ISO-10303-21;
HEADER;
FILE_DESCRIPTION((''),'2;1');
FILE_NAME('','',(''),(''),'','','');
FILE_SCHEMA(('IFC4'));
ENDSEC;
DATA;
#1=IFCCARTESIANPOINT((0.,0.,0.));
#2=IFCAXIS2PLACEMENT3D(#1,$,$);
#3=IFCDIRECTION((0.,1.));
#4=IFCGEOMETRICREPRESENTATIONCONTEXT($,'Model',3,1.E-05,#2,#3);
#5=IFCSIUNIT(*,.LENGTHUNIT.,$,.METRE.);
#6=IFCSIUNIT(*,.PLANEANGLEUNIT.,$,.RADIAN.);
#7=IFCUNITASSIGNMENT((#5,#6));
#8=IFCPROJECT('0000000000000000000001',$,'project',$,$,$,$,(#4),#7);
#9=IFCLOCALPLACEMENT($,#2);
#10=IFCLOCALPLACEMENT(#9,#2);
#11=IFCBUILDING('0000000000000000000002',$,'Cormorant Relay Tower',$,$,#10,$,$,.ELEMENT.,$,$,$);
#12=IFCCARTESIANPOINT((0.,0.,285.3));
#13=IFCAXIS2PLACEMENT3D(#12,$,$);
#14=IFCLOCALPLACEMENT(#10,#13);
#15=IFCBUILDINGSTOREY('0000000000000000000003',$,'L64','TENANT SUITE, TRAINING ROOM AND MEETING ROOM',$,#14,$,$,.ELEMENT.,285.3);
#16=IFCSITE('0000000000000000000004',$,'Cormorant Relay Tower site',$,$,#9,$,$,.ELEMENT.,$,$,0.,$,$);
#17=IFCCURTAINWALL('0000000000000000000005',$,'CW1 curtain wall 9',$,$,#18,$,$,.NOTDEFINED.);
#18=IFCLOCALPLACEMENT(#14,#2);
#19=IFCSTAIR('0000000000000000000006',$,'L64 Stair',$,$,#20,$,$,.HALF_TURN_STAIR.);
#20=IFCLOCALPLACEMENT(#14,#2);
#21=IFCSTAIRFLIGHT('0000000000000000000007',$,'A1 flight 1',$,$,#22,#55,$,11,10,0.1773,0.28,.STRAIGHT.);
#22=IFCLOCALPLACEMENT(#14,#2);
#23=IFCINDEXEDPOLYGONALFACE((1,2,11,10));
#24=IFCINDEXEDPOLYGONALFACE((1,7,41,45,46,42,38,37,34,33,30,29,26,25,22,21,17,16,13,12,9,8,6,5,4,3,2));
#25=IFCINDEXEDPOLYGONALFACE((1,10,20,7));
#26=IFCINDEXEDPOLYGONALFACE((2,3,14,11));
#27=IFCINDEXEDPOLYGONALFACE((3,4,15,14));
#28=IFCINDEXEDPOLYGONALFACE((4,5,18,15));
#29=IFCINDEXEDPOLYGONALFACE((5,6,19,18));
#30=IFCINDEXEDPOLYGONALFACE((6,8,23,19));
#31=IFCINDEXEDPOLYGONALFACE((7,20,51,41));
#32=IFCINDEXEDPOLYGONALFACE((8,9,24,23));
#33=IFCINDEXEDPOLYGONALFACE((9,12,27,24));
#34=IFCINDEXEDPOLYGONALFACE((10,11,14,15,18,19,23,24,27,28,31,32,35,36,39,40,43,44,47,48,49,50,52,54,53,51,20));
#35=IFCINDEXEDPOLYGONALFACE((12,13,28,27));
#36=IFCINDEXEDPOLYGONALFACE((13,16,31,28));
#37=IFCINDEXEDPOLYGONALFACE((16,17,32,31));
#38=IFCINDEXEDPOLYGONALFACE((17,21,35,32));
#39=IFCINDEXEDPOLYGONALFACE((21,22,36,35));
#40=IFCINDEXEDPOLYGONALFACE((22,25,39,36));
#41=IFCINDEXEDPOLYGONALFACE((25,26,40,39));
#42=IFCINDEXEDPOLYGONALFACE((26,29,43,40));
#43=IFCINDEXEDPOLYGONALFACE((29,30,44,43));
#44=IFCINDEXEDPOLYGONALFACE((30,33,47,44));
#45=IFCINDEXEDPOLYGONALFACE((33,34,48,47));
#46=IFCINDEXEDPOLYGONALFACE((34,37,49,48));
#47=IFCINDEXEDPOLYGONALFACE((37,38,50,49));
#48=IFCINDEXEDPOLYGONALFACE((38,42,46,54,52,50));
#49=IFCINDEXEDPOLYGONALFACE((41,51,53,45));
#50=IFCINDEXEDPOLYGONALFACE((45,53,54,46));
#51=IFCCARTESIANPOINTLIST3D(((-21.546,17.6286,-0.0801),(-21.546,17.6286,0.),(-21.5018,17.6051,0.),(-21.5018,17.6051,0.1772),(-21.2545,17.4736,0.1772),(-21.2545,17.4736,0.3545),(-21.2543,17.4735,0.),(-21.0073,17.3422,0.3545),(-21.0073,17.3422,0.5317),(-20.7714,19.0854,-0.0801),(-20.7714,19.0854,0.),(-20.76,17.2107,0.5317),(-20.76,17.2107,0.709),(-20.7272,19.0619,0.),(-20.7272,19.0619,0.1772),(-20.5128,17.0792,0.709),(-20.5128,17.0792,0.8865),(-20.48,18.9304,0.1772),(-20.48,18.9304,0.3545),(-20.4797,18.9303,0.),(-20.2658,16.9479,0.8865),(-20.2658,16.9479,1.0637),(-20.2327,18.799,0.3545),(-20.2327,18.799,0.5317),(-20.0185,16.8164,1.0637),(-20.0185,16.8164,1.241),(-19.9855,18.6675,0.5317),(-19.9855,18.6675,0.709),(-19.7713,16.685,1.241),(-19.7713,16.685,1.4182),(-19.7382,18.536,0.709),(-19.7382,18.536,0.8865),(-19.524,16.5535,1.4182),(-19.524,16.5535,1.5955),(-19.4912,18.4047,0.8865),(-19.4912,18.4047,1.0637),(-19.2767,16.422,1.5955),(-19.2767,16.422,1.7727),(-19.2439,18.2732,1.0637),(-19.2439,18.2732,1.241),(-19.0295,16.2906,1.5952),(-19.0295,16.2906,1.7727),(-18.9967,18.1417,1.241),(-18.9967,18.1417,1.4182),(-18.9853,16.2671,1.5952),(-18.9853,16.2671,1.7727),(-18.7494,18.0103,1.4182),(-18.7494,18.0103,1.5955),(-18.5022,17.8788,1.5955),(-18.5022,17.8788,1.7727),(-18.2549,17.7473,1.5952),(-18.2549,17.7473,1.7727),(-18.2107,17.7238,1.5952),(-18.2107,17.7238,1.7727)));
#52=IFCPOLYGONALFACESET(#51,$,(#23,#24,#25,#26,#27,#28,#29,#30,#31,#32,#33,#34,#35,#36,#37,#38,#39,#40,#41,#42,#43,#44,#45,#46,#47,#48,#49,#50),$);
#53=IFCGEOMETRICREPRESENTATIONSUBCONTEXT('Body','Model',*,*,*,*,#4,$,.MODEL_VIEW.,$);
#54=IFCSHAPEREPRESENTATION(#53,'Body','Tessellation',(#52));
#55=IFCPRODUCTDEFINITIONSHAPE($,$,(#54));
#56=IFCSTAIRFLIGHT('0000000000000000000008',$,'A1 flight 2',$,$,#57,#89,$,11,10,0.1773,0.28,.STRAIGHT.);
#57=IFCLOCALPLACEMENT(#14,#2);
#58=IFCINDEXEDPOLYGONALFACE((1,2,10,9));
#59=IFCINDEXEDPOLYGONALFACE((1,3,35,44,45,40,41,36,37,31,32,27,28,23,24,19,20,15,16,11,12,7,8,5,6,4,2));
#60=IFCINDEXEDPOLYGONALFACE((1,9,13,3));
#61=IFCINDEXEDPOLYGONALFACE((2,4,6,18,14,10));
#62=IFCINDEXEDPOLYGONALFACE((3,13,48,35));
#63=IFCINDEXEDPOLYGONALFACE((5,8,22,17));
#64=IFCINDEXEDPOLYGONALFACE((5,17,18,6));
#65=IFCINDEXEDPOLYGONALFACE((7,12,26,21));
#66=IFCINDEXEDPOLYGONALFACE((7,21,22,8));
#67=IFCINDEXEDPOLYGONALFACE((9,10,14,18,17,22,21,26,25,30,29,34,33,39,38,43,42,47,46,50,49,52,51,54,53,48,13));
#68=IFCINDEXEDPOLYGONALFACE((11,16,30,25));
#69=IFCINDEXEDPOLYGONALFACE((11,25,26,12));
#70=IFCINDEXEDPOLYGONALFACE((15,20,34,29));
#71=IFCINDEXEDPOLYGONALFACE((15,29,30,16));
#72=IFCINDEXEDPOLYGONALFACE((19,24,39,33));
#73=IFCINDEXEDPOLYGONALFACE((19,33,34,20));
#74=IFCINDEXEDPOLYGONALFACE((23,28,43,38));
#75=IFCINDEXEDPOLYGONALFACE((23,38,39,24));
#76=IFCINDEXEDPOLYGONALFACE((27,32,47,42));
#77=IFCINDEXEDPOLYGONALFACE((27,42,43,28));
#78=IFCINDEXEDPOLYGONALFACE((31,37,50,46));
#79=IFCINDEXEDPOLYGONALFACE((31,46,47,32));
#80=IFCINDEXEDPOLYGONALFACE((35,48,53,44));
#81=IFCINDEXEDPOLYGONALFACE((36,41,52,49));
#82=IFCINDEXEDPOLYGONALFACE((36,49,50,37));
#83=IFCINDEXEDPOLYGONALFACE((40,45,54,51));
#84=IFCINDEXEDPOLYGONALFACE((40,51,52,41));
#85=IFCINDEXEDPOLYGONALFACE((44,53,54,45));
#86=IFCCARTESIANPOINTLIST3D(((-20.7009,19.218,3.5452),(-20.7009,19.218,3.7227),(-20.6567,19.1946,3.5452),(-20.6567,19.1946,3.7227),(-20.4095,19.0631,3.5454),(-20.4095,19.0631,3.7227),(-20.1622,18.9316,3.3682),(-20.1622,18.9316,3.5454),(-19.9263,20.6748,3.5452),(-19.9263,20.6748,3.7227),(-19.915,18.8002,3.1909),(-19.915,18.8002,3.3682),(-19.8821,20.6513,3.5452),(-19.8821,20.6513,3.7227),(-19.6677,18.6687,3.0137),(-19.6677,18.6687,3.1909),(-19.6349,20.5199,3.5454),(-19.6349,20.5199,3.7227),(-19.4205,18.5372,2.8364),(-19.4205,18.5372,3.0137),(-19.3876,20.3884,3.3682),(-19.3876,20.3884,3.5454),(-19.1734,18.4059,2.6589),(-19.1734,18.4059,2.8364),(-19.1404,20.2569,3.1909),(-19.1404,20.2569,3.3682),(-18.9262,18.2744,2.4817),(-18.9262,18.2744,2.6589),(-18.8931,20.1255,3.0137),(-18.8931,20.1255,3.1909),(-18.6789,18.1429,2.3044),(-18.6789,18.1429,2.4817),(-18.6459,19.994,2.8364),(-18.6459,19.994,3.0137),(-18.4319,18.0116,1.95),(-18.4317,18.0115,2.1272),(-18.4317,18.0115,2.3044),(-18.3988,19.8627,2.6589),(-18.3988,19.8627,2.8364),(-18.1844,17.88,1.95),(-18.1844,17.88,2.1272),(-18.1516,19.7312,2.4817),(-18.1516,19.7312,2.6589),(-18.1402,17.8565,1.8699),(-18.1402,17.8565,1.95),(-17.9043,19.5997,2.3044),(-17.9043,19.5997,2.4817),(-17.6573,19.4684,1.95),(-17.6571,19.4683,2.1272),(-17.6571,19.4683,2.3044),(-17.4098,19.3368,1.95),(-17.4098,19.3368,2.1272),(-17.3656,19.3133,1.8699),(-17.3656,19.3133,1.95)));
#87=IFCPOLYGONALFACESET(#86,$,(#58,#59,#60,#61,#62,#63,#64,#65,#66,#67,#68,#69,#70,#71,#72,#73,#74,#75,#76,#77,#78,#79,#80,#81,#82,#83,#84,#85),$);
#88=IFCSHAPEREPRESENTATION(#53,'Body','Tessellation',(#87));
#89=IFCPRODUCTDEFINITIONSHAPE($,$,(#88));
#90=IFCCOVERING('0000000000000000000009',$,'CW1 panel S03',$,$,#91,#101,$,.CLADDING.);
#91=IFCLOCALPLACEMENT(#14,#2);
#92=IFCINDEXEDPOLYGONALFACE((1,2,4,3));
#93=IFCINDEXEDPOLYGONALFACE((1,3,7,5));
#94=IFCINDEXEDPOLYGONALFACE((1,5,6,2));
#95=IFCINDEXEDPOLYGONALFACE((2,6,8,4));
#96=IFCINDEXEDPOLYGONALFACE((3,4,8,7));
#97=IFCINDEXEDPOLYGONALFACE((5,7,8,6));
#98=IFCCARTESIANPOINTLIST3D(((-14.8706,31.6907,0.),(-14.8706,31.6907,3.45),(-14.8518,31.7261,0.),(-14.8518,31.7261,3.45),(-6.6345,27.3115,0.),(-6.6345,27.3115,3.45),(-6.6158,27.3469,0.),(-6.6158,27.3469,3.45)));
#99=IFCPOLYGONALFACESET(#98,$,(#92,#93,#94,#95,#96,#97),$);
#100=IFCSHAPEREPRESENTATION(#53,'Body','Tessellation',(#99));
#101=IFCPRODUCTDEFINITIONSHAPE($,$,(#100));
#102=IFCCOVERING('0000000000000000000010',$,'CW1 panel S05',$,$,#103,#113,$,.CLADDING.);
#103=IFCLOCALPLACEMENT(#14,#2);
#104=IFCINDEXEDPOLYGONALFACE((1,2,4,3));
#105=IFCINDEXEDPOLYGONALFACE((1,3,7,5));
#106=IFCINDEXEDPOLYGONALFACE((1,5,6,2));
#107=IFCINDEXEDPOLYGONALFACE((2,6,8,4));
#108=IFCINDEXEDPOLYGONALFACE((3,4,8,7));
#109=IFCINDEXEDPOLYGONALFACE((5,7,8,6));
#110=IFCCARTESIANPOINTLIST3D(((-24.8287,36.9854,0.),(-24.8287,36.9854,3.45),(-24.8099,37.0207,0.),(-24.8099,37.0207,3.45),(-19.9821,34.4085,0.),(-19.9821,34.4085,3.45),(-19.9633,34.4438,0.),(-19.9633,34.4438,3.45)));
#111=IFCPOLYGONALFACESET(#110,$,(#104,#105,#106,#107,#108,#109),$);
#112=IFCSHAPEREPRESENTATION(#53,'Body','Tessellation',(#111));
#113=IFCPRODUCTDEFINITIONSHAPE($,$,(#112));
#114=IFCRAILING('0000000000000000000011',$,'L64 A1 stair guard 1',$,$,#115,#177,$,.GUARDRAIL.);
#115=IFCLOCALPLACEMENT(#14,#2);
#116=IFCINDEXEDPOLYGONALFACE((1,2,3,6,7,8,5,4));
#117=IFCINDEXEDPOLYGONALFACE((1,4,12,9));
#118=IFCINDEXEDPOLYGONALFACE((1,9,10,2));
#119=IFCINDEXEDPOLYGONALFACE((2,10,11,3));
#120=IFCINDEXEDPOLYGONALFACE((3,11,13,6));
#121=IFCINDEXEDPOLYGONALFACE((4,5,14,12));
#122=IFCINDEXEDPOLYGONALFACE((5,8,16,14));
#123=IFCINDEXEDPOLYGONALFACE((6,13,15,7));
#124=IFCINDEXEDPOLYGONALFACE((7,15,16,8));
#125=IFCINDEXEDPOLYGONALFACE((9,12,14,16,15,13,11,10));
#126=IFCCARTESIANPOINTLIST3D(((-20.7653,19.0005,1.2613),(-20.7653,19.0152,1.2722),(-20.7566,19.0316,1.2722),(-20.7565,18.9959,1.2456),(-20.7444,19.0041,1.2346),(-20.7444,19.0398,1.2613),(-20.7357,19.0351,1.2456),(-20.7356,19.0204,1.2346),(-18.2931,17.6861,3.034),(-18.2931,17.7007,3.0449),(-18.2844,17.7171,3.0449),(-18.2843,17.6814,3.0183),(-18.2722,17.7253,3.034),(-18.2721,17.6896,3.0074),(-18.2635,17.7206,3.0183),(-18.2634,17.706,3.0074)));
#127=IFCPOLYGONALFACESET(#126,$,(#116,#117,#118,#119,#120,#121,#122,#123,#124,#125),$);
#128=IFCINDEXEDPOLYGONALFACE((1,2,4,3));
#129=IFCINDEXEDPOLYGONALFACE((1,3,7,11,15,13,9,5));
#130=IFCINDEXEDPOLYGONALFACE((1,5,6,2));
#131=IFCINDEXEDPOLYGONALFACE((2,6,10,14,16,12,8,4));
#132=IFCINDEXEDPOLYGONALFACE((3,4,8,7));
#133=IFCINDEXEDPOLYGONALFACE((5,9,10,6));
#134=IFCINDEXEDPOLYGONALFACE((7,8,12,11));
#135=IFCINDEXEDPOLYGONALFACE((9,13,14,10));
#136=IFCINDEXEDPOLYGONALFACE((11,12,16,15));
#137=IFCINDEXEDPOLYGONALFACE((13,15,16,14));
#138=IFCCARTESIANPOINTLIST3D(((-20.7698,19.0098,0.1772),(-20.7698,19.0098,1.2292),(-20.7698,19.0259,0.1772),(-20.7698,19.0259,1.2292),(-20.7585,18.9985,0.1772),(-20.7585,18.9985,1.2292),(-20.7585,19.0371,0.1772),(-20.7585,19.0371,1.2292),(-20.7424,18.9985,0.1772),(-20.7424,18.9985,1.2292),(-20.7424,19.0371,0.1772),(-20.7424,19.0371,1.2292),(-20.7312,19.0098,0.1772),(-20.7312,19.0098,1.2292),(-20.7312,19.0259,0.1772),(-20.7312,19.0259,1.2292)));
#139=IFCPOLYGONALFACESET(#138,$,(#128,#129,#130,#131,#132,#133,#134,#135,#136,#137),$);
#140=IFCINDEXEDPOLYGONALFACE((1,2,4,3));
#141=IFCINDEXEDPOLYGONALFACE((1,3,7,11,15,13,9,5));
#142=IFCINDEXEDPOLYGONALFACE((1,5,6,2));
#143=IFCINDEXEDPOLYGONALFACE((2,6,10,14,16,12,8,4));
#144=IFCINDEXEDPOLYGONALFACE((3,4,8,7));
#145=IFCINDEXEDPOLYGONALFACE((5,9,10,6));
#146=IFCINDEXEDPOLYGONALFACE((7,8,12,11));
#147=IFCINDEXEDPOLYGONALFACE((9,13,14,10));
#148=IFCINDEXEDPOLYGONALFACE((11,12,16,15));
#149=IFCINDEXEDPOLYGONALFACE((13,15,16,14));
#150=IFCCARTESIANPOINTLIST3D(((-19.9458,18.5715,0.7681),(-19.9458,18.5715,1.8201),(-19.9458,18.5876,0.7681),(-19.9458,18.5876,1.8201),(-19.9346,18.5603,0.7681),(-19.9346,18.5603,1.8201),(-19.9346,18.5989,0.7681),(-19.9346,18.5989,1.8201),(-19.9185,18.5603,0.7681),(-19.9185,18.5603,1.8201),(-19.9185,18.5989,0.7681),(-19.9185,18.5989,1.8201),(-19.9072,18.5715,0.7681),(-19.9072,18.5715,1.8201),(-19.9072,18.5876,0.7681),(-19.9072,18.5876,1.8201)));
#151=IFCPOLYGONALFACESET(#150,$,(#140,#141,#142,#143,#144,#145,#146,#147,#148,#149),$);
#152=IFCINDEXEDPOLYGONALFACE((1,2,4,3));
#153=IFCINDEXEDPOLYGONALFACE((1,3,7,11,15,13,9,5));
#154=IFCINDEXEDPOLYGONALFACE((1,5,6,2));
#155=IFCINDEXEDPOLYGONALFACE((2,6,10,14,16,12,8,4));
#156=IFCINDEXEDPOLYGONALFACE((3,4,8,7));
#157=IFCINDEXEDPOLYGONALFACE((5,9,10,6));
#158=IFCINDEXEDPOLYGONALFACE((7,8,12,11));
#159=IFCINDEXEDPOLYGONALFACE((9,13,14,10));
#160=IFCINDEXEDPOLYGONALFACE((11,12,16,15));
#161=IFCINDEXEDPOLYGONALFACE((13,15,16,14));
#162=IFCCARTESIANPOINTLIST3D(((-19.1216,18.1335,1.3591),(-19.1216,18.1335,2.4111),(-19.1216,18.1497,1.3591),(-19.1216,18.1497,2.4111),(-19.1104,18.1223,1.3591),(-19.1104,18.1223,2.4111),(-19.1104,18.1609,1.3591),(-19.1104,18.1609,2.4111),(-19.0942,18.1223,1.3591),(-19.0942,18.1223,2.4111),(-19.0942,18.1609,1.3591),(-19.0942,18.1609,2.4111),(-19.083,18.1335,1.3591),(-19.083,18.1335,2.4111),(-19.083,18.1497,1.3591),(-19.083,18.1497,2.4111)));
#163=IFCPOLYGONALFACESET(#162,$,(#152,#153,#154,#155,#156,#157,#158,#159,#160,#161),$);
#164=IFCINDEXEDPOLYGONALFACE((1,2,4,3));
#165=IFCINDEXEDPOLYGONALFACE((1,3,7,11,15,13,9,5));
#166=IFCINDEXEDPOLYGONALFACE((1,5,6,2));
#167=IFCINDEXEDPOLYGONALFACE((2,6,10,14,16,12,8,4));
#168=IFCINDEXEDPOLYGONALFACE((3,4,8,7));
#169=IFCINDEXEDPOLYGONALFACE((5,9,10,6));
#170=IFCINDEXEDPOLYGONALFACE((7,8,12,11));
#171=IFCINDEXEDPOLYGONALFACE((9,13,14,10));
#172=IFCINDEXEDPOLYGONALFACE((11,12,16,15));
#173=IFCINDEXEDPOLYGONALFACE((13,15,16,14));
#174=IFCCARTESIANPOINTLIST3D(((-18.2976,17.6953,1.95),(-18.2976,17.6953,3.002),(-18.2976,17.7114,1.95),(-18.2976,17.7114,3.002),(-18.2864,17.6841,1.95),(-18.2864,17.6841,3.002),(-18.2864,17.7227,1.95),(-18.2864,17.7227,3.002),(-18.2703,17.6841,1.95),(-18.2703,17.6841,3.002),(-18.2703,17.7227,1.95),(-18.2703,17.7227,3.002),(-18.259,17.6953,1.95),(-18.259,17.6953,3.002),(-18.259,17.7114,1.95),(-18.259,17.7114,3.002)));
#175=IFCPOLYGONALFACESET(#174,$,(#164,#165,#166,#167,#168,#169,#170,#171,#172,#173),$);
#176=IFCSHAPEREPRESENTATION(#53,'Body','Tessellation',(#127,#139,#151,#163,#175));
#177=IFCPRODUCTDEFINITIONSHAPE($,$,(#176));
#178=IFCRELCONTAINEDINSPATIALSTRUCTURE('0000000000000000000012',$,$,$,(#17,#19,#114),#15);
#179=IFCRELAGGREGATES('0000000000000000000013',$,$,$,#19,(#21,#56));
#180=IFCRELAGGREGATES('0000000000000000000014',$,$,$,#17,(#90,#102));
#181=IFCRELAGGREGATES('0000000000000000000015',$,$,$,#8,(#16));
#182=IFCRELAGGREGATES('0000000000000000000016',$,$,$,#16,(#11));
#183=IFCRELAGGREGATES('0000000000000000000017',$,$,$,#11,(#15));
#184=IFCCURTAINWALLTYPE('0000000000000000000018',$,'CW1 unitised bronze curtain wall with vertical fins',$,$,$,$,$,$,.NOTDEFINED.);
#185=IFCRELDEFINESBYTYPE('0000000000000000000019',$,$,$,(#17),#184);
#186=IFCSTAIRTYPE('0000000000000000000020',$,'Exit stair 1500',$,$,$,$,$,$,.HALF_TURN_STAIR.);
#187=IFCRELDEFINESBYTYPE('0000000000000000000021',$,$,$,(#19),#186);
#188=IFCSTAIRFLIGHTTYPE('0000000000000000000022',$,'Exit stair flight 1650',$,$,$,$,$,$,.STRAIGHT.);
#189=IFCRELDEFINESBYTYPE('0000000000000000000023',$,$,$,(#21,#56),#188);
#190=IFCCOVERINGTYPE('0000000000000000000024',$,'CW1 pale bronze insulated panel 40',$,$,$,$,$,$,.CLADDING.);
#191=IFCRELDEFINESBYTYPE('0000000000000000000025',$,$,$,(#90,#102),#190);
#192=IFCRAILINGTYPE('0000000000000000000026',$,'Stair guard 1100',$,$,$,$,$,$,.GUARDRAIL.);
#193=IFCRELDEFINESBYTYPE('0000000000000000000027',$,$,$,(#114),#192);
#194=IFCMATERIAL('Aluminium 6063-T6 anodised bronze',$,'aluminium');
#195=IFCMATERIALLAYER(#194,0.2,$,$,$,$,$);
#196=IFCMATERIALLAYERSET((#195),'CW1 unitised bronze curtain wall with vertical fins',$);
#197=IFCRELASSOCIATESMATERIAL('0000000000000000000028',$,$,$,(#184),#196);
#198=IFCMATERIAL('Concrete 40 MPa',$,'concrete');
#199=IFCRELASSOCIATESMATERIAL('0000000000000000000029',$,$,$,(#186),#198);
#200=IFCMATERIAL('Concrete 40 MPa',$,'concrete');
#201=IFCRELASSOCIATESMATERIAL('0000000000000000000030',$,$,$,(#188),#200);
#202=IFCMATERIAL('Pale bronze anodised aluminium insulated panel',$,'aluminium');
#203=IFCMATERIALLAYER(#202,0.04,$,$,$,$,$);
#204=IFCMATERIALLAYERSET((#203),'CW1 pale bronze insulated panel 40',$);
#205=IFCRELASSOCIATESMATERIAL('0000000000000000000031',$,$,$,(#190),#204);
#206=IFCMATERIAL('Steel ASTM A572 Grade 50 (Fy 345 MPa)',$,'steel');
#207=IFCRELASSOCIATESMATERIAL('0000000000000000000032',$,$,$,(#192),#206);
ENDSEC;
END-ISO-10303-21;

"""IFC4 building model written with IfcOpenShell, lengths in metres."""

from ifc_helpers import new_model, si_unit, direction, frame, origin, origin_2d, place, context, subcontext, project, spatial, polyline, rectangle, outline, extrude, material, layer, layer_set, type_object, element, aggregate, save


model = new_model("IFC4")

# Units and contexts
model_context = context("Model", 3, precision=1e-05, world=origin(), true_north=direction((0.0, 1.0)))
body_context = subcontext(model_context, "Body", "Model", "MODEL_VIEW")
ifc_project = project(units=[si_unit("LENGTHUNIT", "METRE"), si_unit("PLANEANGLEUNIT", "RADIAN")], contexts=[model_context])

# Site, building, storey
site_placement = place(None, origin())
site = spatial("IfcSite", under=ifc_project, at=site_placement, Name="Cormorant Relay Tower site", CompositionType="ELEMENT", RefElevation=0.0)
building_placement = place(site_placement, origin())
building = spatial("IfcBuilding", under=site, at=building_placement, Name="Cormorant Relay Tower", CompositionType="ELEMENT")
storey_placement = place(building_placement, frame((0.0, 0.0, 285.3)))
storey = spatial("IfcBuildingStorey", under=building, at=storey_placement, Name="L64", Description="TENANT SUITE, TRAINING ROOM AND MEETING ROOM", CompositionType="ELEMENT", Elevation=285.3)

# Curtain wall
ifc_material_1 = material(Name="Aluminium 6063-T6 anodised bronze", Category="aluminium")
ifc_layer_1 = layer(ifc_material_1, 0.2)
ifc_layer_set_1 = layer_set([ifc_layer_1], Name="CW1 unitised bronze curtain wall with vertical fins")
curtain_wall_type = type_object("IfcCurtainWallType", Name="CW1 unitised bronze curtain wall with vertical fins", PredefinedType="NOTDEFINED", material=ifc_layer_set_1)
curtain_wall_placement = place(storey_placement, origin())
curtain_wall = element("IfcCurtainWall", 1, at=curtain_wall_placement, inside=storey, type_object=curtain_wall_type, Name="CW1 curtain wall 9", PredefinedType="NOTDEFINED")

# Stair, stair flights
ifc_material_2 = material(Name="Concrete 40 MPa", Category="concrete")
stair_type = type_object("IfcStairType", Name="Exit stair 1500", PredefinedType="HALF_TURN_STAIR", material=ifc_material_2)
stair_placement = place(storey_placement, origin())
stair = element("IfcStair", 2, at=stair_placement, inside=storey, type_object=stair_type, Name="L64 Stair", PredefinedType="HALF_TURN_STAIR")
ifc_material_3 = material(Name="Concrete 40 MPa", Category="concrete")
stair_flight_type = type_object("IfcStairFlightType", Name="Exit stair flight 1650", PredefinedType="STRAIGHT", material=ifc_material_3)
stair_flight_1_placement = place(storey_placement, frame((-21.1145, 18.3335, 0.0), z_axis=(0.0, 0.0, 1.0), x_axis=(0.882948, -0.469472, 0.0)))
stair_flight_1 = element("IfcStairFlight", 3, at=stair_flight_1_placement, type_object=stair_flight_type, Name="A1 flight 1", NumberOfRisers=11, NumberOfTreads=10, PredefinedType="STRAIGHT", RiserHeight=0.1773, TreadLength=0.28, context=body_context, shape_type="SweptSolid", body=[
    extrude(outline(polyline([(-0.05, -0.0801), (-0.05, 0.0), (0.0, 0.0), (0.0, 0.1772), (0.28, 0.1772), (0.28, 0.3545), (0.5601, 0.3545), (0.5601, 0.5317), (0.8401, 0.5317), (0.8401, 0.709), (1.1201, 0.709), (1.1201, 0.8865), (1.3999, 0.8865), (1.3999, 1.0637), (1.6799, 1.0637), (1.6799, 1.241), (1.96, 1.241), (1.96, 1.4182), (2.24, 1.4182), (2.24, 1.5955), (2.52, 1.5955), (2.52, 1.7727), (2.8, 1.7727), (2.8501, 1.7727), (2.8501, 1.5952), (2.8, 1.5952), (0.2803, 0.0), (-0.05, -0.0801)])), frame((0.0, 0.825, 0.0), z_axis=(0.0, -1.0, 0.0), x_axis=(1.0, 0.0, 0.0)), (0.0, 0.0, 1.0), 1.6499),
])
stair_flight_2_placement = place(storey_placement, frame((-17.7971, 18.6084, 1.95), z_axis=(0.0, 0.0, 1.0), x_axis=(-0.882948, 0.469472, 0.0)))
stair_flight_2 = element("IfcStairFlight", 4, at=stair_flight_2_placement, type_object=stair_flight_type, Name="A1 flight 2", NumberOfRisers=11, NumberOfTreads=10, PredefinedType="STRAIGHT", RiserHeight=0.1773, TreadLength=0.28, context=body_context, shape_type="SweptSolid", body=[
    extrude(outline(polyline([(-0.05, -0.0801), (-0.05, 0.0), (0.0, 0.0), (0.0, 0.1772), (0.28, 0.1772), (0.28, 0.3545), (0.5601, 0.3545), (0.5601, 0.5317), (0.8401, 0.5317), (0.8401, 0.709), (1.1201, 0.709), (1.1201, 0.8865), (1.3999, 0.8865), (1.3999, 1.0637), (1.6799, 1.0637), (1.6799, 1.241), (1.96, 1.241), (1.96, 1.4182), (2.24, 1.4182), (2.24, 1.5955), (2.52, 1.5955), (2.52, 1.7727), (2.8, 1.7727), (2.8501, 1.7727), (2.8501, 1.5952), (2.8, 1.5952), (0.2803, 0.0), (-0.05, -0.0801)])), frame((0.0, 0.825, 0.0), z_axis=(0.0, -1.0, 0.0), x_axis=(1.0, 0.0, 0.0)), (0.0, 0.0, 1.0), 1.6499),
])
aggregate(stair, [stair_flight_1, stair_flight_2])

# Coverings
ifc_material_4 = material(Name="Pale bronze anodised aluminium insulated panel", Category="aluminium")
ifc_layer_2 = layer(ifc_material_4, 0.04)
ifc_layer_set_2 = layer_set([ifc_layer_2], Name="CW1 pale bronze insulated panel 40")
covering_type = type_object("IfcCoveringType", Name="CW1 pale bronze insulated panel 40", PredefinedType="CLADDING", material=ifc_layer_set_2)
covering_1_placement = place(storey_placement, frame((-10.7432, 29.5188, 0.0), z_axis=(0.0, 0.0, 1.0), x_axis=(-0.882948, 0.469472, 0.0)))
covering_1 = element("IfcCovering", 5, at=covering_1_placement, type_object=covering_type, Name="CW1 panel S03", PredefinedType="CLADDING", context=body_context, shape_type="SweptSolid", body=[
    extrude(rectangle(XDim=9.3279, YDim=0.04, at=origin_2d()), origin(), (0.0, 0.0, 1.0), 3.45),
])
covering_2_placement = place(storey_placement, frame((-22.396, 35.7146, 0.0), z_axis=(0.0, 0.0, 1.0), x_axis=(-0.882948, 0.469472, 0.0)))
covering_2 = element("IfcCovering", 6, at=covering_2_placement, type_object=covering_type, Name="CW1 panel S05", PredefinedType="CLADDING", context=body_context, shape_type="SweptSolid", body=[
    extrude(rectangle(XDim=5.489, YDim=0.04, at=origin_2d()), origin(), (0.0, 0.0, 1.0), 3.45),
])
aggregate(curtain_wall, [covering_1, covering_2])

# Railing
ifc_material_5 = material(Name="Steel ASTM A572 Grade 50 (Fy 345 MPa)", Category="steel")
railing_type_1 = type_object("IfcRailingType", Name="Stair guard 1100", PredefinedType="GUARDRAIL", material=ifc_material_5)
railing_1_placement = place(storey_placement, frame((-20.7505, 19.0178, 0.1772)))
element("IfcRailing", 7, at=railing_1_placement, inside=storey, type_object=railing_type_1, Name="L64 A1 stair guard 1", PredefinedType="GUARDRAIL", context=body_context, shape_type="SweptSolid", body=[
    extrude(outline(polyline([(0.0222, 0.0093), (0.0093, 0.0222), (-0.0093, 0.0222), (-0.0222, 0.0093), (-0.0222, -0.0093), (-0.0093, -0.0222), (0.0093, -0.0222), (0.0222, -0.0093), (0.0222, 0.0093)])), frame((0.0, 0.0, 1.0762), z_axis=(0.746001, -0.396649, 0.534931), x_axis=(0.469465, 0.882951, 0.0)), (0.0, 0.0, 1.0), 3.314),
    extrude(outline(polyline([(0.0193, 0.0081), (0.0081, 0.0193), (-0.0081, 0.0193), (-0.0193, 0.0081), (-0.0193, -0.0081), (-0.0081, -0.0193), (0.0081, -0.0193), (0.0193, -0.0081), (0.0193, 0.0081)])), origin(), (0.0, 0.0, 1.0), 1.052),
    extrude(outline(polyline([(0.0193, 0.0081), (0.0081, 0.0193), (-0.0081, 0.0193), (-0.0193, 0.0081), (-0.0193, -0.0081), (-0.0081, -0.0193), (0.0081, -0.0193), (0.0193, -0.0081), (0.0193, 0.0081)])), frame((0.824, -0.4382, 0.5908)), (0.0, 0.0, 1.0), 1.052),
    extrude(outline(polyline([(0.0193, 0.0081), (0.0081, 0.0193), (-0.0081, 0.0193), (-0.0193, 0.0081), (-0.0193, -0.0081), (-0.0081, -0.0193), (0.0081, -0.0193), (0.0193, -0.0081), (0.0193, 0.0081)])), frame((1.6482, -0.8762, 1.1819)), (0.0, 0.0, 1.0), 1.052),
    extrude(outline(polyline([(0.0193, 0.0081), (0.0081, 0.0193), (-0.0081, 0.0193), (-0.0193, 0.0081), (-0.0193, -0.0081), (-0.0081, -0.0193), (0.0081, -0.0193), (0.0193, -0.0081), (0.0193, 0.0081)])), frame((2.4722, -1.3145, 1.7727)), (0.0, 0.0, 1.0), 1.052),
])

save(model, "model.ifc")
